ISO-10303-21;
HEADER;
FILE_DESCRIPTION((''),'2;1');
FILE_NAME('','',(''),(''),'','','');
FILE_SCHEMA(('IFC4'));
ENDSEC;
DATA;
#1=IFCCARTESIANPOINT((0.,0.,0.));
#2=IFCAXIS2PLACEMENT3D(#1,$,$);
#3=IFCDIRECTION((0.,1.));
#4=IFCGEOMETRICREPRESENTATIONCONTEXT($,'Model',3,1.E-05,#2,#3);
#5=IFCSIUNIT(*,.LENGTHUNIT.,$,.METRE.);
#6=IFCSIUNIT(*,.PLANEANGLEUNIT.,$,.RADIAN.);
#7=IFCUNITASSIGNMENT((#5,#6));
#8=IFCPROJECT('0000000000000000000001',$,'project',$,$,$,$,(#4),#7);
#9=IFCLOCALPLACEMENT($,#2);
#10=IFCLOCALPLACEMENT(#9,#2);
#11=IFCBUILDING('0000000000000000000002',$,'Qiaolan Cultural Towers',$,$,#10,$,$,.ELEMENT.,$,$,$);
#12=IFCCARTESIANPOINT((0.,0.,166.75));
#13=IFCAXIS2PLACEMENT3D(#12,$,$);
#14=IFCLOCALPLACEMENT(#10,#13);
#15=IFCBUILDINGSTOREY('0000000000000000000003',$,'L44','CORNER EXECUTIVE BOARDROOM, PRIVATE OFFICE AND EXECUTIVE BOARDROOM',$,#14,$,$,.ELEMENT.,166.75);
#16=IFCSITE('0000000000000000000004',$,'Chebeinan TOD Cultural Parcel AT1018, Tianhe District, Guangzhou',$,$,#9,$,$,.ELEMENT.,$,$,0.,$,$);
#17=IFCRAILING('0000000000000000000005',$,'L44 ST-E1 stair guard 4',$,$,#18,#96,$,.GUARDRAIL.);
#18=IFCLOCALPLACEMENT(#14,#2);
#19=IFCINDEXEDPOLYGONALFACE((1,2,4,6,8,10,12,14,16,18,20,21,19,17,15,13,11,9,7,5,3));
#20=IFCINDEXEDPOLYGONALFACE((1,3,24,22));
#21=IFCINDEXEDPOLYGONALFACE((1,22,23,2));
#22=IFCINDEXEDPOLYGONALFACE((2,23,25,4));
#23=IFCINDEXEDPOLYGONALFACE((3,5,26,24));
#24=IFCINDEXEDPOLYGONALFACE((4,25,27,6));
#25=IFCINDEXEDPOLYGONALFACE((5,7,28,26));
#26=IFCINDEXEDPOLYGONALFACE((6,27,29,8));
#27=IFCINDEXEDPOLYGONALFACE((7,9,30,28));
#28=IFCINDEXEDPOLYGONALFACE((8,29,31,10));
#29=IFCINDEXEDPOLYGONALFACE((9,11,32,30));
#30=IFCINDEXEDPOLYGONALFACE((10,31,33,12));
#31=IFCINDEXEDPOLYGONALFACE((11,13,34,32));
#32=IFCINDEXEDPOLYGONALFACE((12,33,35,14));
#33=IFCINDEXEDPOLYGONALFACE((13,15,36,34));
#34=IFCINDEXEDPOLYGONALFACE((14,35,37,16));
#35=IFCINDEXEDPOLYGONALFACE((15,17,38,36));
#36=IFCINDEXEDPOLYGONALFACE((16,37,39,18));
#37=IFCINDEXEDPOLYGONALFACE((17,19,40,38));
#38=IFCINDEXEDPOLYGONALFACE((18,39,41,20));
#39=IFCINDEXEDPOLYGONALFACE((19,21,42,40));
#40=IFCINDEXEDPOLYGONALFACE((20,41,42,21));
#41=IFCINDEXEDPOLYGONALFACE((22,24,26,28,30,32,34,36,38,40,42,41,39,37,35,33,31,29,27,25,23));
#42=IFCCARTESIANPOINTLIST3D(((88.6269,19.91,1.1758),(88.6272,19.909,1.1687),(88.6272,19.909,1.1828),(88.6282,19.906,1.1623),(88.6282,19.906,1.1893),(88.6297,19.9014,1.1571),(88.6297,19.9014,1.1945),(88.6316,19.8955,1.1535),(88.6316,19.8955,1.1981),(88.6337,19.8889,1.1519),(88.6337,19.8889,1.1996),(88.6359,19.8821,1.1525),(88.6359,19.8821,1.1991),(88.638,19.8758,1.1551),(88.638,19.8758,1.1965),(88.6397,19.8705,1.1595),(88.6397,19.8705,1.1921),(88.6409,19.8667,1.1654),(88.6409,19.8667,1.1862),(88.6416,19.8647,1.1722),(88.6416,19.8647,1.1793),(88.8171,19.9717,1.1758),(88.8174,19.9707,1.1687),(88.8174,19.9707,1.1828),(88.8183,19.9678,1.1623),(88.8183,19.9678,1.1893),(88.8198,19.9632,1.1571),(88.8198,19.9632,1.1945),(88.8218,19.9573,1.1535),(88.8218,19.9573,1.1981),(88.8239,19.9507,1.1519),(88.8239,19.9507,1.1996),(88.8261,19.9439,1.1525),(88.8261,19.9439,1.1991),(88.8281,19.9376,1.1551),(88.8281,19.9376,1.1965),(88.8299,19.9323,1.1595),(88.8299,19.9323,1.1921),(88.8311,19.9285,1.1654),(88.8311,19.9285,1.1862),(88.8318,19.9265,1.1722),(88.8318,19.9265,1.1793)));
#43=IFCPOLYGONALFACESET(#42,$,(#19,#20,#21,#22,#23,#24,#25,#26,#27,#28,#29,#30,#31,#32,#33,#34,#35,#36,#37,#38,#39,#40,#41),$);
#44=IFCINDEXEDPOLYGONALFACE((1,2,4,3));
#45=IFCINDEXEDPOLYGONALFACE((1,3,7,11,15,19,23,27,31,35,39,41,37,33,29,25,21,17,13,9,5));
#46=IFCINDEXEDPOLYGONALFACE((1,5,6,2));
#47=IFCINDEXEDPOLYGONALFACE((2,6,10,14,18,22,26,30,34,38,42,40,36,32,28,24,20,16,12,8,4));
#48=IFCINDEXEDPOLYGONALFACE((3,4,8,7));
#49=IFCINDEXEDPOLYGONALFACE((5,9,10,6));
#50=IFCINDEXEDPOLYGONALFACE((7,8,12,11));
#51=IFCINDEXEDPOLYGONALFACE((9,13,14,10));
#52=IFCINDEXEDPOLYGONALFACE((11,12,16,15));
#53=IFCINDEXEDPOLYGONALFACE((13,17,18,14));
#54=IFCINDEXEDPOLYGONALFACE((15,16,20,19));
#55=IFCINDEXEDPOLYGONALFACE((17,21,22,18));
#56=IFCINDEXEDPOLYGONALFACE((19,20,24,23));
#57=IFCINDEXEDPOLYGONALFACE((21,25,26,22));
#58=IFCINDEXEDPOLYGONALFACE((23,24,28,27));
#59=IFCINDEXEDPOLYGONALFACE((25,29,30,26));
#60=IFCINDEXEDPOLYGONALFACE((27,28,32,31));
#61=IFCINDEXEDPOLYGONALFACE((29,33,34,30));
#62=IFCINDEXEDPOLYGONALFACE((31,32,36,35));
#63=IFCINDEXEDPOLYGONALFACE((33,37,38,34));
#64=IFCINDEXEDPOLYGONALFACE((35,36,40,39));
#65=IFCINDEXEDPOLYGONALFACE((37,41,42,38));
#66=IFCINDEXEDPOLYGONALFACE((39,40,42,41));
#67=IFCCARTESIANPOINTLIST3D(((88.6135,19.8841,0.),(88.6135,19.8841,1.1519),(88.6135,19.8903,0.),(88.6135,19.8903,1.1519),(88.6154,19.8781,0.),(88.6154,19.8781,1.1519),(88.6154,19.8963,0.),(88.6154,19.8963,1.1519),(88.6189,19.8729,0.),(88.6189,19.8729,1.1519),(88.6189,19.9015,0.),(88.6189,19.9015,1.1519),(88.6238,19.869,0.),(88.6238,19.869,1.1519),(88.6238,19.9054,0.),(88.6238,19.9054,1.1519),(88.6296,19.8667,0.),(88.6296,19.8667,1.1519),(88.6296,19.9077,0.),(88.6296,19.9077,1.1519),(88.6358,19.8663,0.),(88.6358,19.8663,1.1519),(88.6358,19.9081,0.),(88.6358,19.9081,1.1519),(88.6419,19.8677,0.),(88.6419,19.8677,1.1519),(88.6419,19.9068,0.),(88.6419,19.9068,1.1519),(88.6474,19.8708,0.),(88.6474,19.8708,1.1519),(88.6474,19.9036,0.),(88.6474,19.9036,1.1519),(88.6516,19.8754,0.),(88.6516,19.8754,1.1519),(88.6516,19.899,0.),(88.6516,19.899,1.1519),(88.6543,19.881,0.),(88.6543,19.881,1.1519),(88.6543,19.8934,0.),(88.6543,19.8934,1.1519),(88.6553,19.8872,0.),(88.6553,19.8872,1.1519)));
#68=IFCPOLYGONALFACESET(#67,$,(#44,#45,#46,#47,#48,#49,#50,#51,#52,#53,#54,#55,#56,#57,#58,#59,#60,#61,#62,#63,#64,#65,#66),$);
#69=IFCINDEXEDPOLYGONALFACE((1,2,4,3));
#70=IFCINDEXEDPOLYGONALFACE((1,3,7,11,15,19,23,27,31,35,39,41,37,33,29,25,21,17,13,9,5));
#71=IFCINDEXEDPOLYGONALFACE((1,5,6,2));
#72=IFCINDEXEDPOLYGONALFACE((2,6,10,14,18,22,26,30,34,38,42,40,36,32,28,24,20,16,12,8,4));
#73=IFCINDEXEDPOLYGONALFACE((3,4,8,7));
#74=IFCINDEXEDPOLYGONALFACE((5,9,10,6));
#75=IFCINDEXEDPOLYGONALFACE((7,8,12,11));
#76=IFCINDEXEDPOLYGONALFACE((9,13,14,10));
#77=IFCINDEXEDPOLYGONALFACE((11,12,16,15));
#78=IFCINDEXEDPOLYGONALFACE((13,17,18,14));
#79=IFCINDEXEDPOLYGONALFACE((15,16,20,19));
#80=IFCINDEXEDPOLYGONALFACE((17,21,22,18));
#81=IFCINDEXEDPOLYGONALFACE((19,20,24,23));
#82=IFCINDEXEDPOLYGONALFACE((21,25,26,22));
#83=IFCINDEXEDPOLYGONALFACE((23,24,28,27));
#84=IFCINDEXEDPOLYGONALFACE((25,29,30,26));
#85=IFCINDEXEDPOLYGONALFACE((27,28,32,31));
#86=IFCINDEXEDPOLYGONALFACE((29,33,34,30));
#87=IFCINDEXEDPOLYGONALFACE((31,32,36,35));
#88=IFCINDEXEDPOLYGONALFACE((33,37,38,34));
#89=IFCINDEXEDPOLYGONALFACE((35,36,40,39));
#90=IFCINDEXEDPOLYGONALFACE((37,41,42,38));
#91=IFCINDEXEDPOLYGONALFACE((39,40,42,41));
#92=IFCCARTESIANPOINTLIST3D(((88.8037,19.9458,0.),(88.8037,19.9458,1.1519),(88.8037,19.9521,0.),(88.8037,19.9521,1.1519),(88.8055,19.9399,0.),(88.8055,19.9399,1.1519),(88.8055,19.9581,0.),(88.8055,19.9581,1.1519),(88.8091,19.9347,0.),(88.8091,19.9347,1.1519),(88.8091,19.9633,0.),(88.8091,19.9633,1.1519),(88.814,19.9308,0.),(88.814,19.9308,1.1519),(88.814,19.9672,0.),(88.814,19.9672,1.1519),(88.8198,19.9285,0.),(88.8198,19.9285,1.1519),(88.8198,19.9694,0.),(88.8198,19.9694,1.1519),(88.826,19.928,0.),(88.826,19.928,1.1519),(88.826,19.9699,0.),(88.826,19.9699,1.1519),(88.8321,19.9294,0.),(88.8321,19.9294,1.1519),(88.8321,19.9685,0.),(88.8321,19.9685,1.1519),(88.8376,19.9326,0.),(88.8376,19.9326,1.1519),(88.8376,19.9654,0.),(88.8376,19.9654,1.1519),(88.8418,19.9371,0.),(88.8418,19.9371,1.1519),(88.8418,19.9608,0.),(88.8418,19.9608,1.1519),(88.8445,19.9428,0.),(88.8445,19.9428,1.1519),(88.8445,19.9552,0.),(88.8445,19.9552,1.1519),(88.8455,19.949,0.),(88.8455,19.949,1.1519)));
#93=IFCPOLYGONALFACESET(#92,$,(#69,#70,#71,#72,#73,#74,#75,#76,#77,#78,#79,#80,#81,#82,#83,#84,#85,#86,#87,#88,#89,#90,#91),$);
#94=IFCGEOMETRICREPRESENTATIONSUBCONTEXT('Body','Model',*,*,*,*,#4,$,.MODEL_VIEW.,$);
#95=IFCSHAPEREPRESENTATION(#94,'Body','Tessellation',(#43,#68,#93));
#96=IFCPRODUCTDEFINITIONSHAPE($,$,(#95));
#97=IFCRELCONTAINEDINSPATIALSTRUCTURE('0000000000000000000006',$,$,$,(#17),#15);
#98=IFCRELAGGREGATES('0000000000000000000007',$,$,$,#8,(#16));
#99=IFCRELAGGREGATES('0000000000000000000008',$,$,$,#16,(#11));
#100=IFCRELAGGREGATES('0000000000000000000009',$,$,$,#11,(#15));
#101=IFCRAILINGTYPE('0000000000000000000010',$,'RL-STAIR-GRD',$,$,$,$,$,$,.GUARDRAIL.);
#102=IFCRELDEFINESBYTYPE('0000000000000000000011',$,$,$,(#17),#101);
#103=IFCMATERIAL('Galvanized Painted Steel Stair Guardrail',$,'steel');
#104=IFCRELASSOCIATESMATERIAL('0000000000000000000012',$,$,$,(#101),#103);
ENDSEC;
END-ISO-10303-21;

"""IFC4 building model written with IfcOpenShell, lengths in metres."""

from ifc_helpers import new_model, si_unit, direction, frame, origin, origin_2d, place, context, subcontext, project, spatial, circle, extrude, material, type_object, element, save


model = new_model("IFC4")

# Units and contexts
model_context = context("Model", 3, precision=1e-05, world=origin(), true_north=direction((0.0, 1.0)))
body_context = subcontext(model_context, "Body", "Model", "MODEL_VIEW")
ifc_project = project(units=[si_unit("LENGTHUNIT", "METRE"), si_unit("PLANEANGLEUNIT", "RADIAN")], contexts=[model_context])

# Site, building, storey
site_placement = place(None, origin())
site = spatial("IfcSite", under=ifc_project, at=site_placement, Name="Chebeinan TOD Cultural Parcel AT1018, Tianhe District, Guangzhou", CompositionType="ELEMENT", RefElevation=0.0)
building_placement = place(site_placement, origin())
building = spatial("IfcBuilding", under=site, at=building_placement, Name="Qiaolan Cultural Towers", CompositionType="ELEMENT")
storey_placement = place(building_placement, frame((0.0, 0.0, 166.75)))
storey = spatial("IfcBuildingStorey", under=building, at=storey_placement, Name="L44", Description="CORNER EXECUTIVE BOARDROOM, PRIVATE OFFICE AND EXECUTIVE BOARDROOM", CompositionType="ELEMENT", Elevation=166.75)

# Railing
ifc_material_1 = material(Name="Galvanized Painted Steel Stair Guardrail", Category="steel")
railing_type_1 = type_object("IfcRailingType", Name="RL-STAIR-GRD", PredefinedType="GUARDRAIL", material=ifc_material_1)
railing_1_placement = place(storey_placement, frame((88.6343, 19.8872, 0.0)))
element("IfcRailing", 1, at=railing_1_placement, inside=storey, type_object=railing_type_1, Name="L44 ST-E1 stair guard 4", PredefinedType="GUARDRAIL", context=body_context, shape_type="SweptSolid", body=[
    extrude(circle(Radius=0.0239, at=origin_2d()), frame((0.0, 0.0, 1.1758), z_axis=(0.951097, 0.308893, 0.0), x_axis=(-0.308893, 0.951097, 0.0)), (0.0, 0.0, 1.0), 0.2),
    extrude(circle(Radius=0.021, at=origin_2d()), origin(), (0.0, 0.0, 1.0), 1.1519),
    extrude(circle(Radius=0.021, at=origin_2d()), frame((0.1902, 0.0618, 0.0)), (0.0, 0.0, 1.0), 1.1519),
])

save(model, "model.ifc")
